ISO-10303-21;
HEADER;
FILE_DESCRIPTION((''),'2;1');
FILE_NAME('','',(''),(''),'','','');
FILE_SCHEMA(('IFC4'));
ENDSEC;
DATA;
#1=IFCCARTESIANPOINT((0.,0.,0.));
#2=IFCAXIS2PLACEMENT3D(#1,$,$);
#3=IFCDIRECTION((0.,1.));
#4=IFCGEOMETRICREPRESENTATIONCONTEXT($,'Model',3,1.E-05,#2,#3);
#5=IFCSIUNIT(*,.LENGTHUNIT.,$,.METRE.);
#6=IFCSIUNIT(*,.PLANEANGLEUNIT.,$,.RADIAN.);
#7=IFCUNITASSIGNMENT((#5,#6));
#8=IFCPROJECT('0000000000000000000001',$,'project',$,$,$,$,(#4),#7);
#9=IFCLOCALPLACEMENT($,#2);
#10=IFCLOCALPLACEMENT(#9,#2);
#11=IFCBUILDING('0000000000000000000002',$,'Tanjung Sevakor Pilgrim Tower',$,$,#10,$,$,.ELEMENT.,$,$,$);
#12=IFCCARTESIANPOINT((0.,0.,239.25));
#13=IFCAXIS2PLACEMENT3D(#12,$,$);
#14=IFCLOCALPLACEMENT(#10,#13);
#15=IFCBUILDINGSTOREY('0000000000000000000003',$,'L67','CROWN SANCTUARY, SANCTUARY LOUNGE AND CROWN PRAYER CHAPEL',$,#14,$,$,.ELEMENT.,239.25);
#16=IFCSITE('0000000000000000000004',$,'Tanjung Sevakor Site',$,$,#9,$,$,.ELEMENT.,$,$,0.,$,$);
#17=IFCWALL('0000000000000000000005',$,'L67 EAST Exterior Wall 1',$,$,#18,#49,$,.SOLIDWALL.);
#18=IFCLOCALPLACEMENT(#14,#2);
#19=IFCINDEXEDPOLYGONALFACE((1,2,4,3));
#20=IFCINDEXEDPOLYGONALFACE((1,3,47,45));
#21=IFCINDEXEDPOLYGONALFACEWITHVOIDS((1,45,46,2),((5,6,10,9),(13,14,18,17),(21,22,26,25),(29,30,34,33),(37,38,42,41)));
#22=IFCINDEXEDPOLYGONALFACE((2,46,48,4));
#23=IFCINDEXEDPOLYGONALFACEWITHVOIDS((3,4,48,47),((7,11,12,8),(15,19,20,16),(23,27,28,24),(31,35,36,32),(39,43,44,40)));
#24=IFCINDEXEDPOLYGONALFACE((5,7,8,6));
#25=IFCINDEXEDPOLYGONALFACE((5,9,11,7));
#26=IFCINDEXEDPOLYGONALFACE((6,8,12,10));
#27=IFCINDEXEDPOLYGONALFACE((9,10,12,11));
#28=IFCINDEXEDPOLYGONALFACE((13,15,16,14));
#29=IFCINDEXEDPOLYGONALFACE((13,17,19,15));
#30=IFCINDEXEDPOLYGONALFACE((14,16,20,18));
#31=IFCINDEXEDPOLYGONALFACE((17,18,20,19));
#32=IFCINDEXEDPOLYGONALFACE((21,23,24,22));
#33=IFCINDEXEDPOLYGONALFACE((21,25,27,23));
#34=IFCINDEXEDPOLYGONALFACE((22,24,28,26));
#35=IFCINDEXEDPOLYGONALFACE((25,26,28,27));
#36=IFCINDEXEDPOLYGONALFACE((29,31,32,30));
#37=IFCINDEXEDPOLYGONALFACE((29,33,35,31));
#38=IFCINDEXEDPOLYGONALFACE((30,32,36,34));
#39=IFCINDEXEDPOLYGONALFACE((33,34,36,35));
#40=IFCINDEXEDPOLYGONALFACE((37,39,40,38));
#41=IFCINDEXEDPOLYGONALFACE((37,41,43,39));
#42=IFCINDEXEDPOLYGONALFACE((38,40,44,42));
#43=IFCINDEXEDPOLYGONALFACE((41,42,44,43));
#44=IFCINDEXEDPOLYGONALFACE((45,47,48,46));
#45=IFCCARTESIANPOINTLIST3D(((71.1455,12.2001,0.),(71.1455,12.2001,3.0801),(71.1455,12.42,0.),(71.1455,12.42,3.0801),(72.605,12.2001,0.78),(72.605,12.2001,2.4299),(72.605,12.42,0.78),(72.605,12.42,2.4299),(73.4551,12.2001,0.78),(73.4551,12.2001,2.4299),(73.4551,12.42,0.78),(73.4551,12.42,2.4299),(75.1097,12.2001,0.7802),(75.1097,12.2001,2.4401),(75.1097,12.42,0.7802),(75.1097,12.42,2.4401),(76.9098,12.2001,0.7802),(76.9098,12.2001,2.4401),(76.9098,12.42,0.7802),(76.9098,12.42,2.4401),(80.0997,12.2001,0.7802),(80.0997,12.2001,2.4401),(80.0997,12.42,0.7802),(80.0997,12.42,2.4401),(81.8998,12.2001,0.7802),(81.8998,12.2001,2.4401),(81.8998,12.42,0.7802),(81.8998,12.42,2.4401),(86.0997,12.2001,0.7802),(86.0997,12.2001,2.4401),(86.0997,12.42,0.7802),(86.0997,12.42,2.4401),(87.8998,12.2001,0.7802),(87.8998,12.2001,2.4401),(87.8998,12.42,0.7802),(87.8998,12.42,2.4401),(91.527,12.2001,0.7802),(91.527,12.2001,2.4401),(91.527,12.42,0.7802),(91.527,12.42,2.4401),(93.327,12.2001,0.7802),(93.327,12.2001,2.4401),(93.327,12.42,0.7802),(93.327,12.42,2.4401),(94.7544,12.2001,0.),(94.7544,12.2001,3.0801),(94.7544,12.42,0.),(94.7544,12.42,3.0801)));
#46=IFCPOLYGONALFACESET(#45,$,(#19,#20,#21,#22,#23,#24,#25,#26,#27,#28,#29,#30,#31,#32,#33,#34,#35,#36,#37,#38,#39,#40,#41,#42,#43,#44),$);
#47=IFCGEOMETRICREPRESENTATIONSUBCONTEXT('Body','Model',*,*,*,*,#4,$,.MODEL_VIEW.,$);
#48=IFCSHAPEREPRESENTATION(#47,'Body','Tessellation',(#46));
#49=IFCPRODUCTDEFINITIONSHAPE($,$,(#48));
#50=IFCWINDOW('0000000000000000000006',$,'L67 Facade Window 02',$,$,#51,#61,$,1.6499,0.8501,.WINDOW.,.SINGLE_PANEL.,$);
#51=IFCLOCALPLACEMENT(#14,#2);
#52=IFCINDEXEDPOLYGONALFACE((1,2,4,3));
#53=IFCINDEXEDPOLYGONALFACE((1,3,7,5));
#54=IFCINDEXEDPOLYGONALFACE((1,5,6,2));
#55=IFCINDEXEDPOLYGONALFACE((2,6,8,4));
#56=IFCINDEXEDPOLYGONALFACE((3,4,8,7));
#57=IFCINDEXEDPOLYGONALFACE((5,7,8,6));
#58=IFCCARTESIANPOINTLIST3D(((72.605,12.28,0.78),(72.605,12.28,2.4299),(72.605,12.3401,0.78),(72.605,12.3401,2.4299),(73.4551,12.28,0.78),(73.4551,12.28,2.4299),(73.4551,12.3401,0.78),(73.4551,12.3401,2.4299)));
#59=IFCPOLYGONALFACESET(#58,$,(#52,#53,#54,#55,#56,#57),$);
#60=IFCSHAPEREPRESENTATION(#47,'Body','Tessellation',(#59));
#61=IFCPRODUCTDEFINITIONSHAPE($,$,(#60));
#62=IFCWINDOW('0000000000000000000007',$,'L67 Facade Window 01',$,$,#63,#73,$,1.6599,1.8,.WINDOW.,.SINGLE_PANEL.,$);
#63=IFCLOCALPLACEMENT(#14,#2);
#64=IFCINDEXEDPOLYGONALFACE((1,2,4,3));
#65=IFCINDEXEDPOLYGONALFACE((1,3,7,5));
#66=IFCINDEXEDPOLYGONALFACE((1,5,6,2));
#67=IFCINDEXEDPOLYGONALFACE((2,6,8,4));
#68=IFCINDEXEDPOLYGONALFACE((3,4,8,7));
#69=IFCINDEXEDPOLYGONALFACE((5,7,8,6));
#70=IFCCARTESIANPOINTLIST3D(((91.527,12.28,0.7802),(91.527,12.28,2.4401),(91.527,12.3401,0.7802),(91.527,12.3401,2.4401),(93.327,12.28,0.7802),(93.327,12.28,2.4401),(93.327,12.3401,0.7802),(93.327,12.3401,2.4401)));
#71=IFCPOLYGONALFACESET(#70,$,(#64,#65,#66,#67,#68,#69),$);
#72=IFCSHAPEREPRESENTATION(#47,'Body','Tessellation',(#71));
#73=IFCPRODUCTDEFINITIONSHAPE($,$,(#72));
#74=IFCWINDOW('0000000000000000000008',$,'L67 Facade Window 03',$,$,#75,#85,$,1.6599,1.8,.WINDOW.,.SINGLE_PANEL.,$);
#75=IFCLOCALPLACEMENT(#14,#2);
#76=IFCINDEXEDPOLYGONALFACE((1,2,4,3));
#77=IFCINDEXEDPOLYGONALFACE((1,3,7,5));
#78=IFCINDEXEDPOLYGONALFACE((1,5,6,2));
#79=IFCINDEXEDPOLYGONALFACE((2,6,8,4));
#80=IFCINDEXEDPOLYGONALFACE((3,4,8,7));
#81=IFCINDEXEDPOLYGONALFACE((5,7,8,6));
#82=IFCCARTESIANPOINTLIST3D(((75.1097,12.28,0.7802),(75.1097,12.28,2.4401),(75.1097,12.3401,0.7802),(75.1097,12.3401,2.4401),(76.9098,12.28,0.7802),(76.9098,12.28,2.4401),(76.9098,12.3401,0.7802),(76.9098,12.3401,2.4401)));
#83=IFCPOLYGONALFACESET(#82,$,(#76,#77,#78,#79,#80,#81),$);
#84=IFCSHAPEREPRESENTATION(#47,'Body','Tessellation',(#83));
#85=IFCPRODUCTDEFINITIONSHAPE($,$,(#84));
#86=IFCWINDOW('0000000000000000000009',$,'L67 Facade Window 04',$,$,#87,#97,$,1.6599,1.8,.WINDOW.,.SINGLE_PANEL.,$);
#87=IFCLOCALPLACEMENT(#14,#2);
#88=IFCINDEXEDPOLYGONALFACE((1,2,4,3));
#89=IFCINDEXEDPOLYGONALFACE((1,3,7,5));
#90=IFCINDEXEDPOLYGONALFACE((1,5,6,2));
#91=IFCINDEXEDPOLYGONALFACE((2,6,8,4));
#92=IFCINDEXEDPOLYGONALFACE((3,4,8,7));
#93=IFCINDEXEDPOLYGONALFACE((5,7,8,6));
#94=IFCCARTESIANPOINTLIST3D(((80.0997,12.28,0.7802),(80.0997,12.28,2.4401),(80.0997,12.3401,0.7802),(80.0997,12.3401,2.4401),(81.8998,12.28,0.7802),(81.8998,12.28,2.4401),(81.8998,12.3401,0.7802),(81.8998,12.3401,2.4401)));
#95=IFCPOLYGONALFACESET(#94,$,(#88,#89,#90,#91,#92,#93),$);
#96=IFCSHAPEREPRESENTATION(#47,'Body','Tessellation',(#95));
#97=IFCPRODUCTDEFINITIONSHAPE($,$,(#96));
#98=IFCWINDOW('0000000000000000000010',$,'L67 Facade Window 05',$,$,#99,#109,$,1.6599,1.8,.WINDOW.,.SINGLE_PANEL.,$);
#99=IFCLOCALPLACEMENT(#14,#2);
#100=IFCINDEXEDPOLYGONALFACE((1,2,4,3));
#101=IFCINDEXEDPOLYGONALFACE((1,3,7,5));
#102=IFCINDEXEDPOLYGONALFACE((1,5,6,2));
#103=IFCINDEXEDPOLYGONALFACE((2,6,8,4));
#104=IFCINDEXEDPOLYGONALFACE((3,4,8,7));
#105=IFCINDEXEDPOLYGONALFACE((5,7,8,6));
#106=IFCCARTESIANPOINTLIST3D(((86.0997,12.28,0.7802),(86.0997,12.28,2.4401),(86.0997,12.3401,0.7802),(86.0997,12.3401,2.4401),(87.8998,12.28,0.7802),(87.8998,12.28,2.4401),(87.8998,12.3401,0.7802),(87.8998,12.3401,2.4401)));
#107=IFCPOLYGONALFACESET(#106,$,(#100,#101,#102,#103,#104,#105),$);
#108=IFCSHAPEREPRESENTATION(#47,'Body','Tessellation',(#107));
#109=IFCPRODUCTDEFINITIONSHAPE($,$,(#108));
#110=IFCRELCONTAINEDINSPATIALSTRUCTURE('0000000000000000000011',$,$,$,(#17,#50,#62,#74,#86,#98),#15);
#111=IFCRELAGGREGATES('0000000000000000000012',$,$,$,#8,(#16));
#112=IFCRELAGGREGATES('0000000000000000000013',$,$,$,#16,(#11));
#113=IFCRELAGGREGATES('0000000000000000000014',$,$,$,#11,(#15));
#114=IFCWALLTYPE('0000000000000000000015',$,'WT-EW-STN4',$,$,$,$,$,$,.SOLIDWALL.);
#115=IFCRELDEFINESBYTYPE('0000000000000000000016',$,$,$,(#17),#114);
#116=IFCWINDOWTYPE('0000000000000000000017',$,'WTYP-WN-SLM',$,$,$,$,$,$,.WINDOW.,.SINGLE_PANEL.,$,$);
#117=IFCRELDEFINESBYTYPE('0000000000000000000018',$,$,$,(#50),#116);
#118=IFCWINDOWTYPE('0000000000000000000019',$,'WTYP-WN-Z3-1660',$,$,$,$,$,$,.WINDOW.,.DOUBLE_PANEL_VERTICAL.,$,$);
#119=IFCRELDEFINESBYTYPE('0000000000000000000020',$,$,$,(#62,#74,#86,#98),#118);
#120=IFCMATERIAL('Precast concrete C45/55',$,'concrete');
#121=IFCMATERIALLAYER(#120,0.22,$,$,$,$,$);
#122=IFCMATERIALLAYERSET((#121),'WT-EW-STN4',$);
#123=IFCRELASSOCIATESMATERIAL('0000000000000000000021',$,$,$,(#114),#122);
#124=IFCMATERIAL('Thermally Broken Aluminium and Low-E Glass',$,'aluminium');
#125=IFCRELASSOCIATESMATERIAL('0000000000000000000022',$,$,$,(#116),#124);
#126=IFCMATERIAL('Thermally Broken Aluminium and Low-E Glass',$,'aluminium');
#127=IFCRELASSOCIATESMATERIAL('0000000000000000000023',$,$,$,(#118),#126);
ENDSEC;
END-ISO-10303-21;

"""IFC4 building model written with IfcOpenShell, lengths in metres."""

from ifc_helpers import new_model, si_unit, direction, frame, frame_2d, origin, place, context, subcontext, project, spatial, rectangle, extrude, material, layer, layer_set, type_object, element, fill, save


model = new_model("IFC4")

# Units and contexts
model_context = context("Model", 3, precision=1e-05, world=origin(), true_north=direction((0.0, 1.0)))
body_context = subcontext(model_context, "Body", "Model", "MODEL_VIEW")
ifc_project = project(units=[si_unit("LENGTHUNIT", "METRE"), si_unit("PLANEANGLEUNIT", "RADIAN")], contexts=[model_context])

# Site, building, storey
site_placement = place(None, origin())
site = spatial("IfcSite", under=ifc_project, at=site_placement, Name="Tanjung Sevakor Site", CompositionType="ELEMENT", RefElevation=0.0)
building_placement = place(site_placement, origin())
building = spatial("IfcBuilding", under=site, at=building_placement, Name="Tanjung Sevakor Pilgrim Tower", CompositionType="ELEMENT")
storey_placement = place(building_placement, frame((0.0, 0.0, 239.25)))
storey = spatial("IfcBuildingStorey", under=building, at=storey_placement, Name="L67", Description="CROWN SANCTUARY, SANCTUARY LOUNGE AND CROWN PRAYER CHAPEL", CompositionType="ELEMENT", Elevation=239.25)

# Wall, openings, windows
ifc_material_1 = material(Name="Precast concrete C45/55", Category="concrete")
ifc_layer_1 = layer(ifc_material_1, 0.22)
ifc_layer_set_1 = layer_set([ifc_layer_1], Name="WT-EW-STN4")
wall_type_1 = type_object("IfcWallType", Name="WT-EW-STN4", PredefinedType="SOLIDWALL", material=ifc_layer_set_1)
wall_1_placement = place(storey_placement, frame((71.1455, 12.3101, 0.0), z_axis=(0.0, 0.0, 1.0), x_axis=(1.0, 0.0, 0.0)))
wall_1 = element("IfcWall", 1, at=wall_1_placement, inside=storey, type_object=wall_type_1, Name="L67 EAST Exterior Wall 1", PredefinedType="SOLIDWALL", context=body_context, shape_type="SweptSolid", body=[
    extrude(rectangle(XDim=23.6089, YDim=0.22, at=frame_2d((11.8044, 0.0))), origin(), (0.0, 0.0, 1.0), 3.0801),
])
opening_1_placement = place(wall_1_placement, frame((20.3816, 0.0, 0.78)))
opening_1 = element("IfcOpeningElement", 2, at=opening_1_placement, cuts=wall_1, PredefinedType="OPENING", context=body_context, shape_type="SweptSolid", body=[
    extrude(rectangle(XDim=1.8, YDim=1.6599, at=frame_2d((0.8999, 0.8301))), frame((0.0, 0.1199, 0.0), z_axis=(0.0, -1.0, 0.0), x_axis=(1.0, 0.0, 0.0)), (0.0, 0.0, 1.0), 0.24),
])
opening_2_placement = place(wall_1_placement, frame((1.4595, 0.0, 0.78)))
opening_2 = element("IfcOpeningElement", 3, at=opening_2_placement, cuts=wall_1, PredefinedType="OPENING", context=body_context, shape_type="SweptSolid", body=[
    extrude(rectangle(XDim=0.8501, YDim=1.6499, at=frame_2d((0.425, 0.825))), frame((0.0, 0.1199, 0.0), z_axis=(0.0, -1.0, 0.0), x_axis=(1.0, 0.0, 0.0)), (0.0, 0.0, 1.0), 0.24),
])
opening_3_placement = place(wall_1_placement, frame((3.9644, 0.0, 0.78)))
opening_3 = element("IfcOpeningElement", 4, at=opening_3_placement, cuts=wall_1, PredefinedType="OPENING", context=body_context, shape_type="SweptSolid", body=[
    extrude(rectangle(XDim=1.8, YDim=1.6599, at=frame_2d((0.8999, 0.8301))), frame((0.0, 0.1199, 0.0), z_axis=(0.0, -1.0, 0.0), x_axis=(1.0, 0.0, 0.0)), (0.0, 0.0, 1.0), 0.24),
])
opening_4_placement = place(wall_1_placement, frame((8.9543, 0.0, 0.78)))
opening_4 = element("IfcOpeningElement", 5, at=opening_4_placement, cuts=wall_1, PredefinedType="OPENING", context=body_context, shape_type="SweptSolid", body=[
    extrude(rectangle(XDim=1.8, YDim=1.6599, at=frame_2d((0.8999, 0.8301))), frame((0.0, 0.1199, 0.0), z_axis=(0.0, -1.0, 0.0), x_axis=(1.0, 0.0, 0.0)), (0.0, 0.0, 1.0), 0.24),
])
opening_5_placement = place(wall_1_placement, frame((14.9543, 0.0, 0.78)))
opening_5 = element("IfcOpeningElement", 6, at=opening_5_placement, cuts=wall_1, PredefinedType="OPENING", context=body_context, shape_type="SweptSolid", body=[
    extrude(rectangle(XDim=1.8, YDim=1.6599, at=frame_2d((0.8999, 0.8301))), frame((0.0, 0.1199, 0.0), z_axis=(0.0, -1.0, 0.0), x_axis=(1.0, 0.0, 0.0)), (0.0, 0.0, 1.0), 0.24),
])
ifc_material_2 = material(Name="Thermally Broken Aluminium and Low-E Glass", Category="aluminium")
window_type_1 = type_object("IfcWindowType", Name="WTYP-WN-SLM", PartitioningType="SINGLE_PANEL", PredefinedType="WINDOW", material=ifc_material_2)
window_1_placement = place(opening_2_placement, origin())
window_1 = element("IfcWindow", 7, at=window_1_placement, inside=storey, type_object=window_type_1, Name="L67 Facade Window 02", OverallHeight=1.6499, OverallWidth=0.8501, PartitioningType="SINGLE_PANEL", PredefinedType="WINDOW", context=body_context, shape_type="SweptSolid", body=[
    extrude(rectangle(XDim=0.8501, YDim=1.6499, at=frame_2d((0.425, 0.825))), frame((0.0, 0.03, 0.0), z_axis=(0.0, -1.0, 0.0), x_axis=(1.0, 0.0, 0.0)), (0.0, 0.0, 1.0), 0.0601),
])
fill(opening_2, window_1)
ifc_material_3 = material(Name="Thermally Broken Aluminium and Low-E Glass", Category="aluminium")
window_type_2 = type_object("IfcWindowType", Name="WTYP-WN-Z3-1660", PartitioningType="DOUBLE_PANEL_VERTICAL", PredefinedType="WINDOW", material=ifc_material_3)
window_2_placement = place(opening_1_placement, origin())
window_2 = element("IfcWindow", 8, at=window_2_placement, inside=storey, type_object=window_type_2, Name="L67 Facade Window 01", OverallHeight=1.6599, OverallWidth=1.8, PartitioningType="SINGLE_PANEL", PredefinedType="WINDOW", context=body_context, shape_type="SweptSolid", body=[
    extrude(rectangle(XDim=1.8, YDim=1.6599, at=frame_2d((0.8999, 0.8301))), frame((0.0, 0.03, 0.0), z_axis=(0.0, -1.0, 0.0), x_axis=(1.0, 0.0, 0.0)), (0.0, 0.0, 1.0), 0.0601),
])
fill(opening_1, window_2)
window_3_placement = place(opening_3_placement, origin())
window_3 = element("IfcWindow", 9, at=window_3_placement, inside=storey, type_object=window_type_2, Name="L67 Facade Window 03", OverallHeight=1.6599, OverallWidth=1.8, PartitioningType="SINGLE_PANEL", PredefinedType="WINDOW", context=body_context, shape_type="SweptSolid", body=[
    extrude(rectangle(XDim=1.8, YDim=1.6599, at=frame_2d((0.8999, 0.8301))), frame((0.0, 0.03, 0.0), z_axis=(0.0, -1.0, 0.0), x_axis=(1.0, 0.0, 0.0)), (0.0, 0.0, 1.0), 0.0601),
])
fill(opening_3, window_3)
window_4_placement = place(opening_4_placement, origin())
window_4 = element("IfcWindow", 10, at=window_4_placement, inside=storey, type_object=window_type_2, Name="L67 Facade Window 04", OverallHeight=1.6599, OverallWidth=1.8, PartitioningType="SINGLE_PANEL", PredefinedType="WINDOW", context=body_context, shape_type="SweptSolid", body=[
    extrude(rectangle(XDim=1.8, YDim=1.6599, at=frame_2d((0.8999, 0.8301))), frame((0.0, 0.03, 0.0), z_axis=(0.0, -1.0, 0.0), x_axis=(1.0, 0.0, 0.0)), (0.0, 0.0, 1.0), 0.0601),
])
fill(opening_4, window_4)
window_5_placement = place(opening_5_placement, origin())
window_5 = element("IfcWindow", 11, at=window_5_placement, inside=storey, type_object=window_type_2, Name="L67 Facade Window 05", OverallHeight=1.6599, OverallWidth=1.8, PartitioningType="SINGLE_PANEL", PredefinedType="WINDOW", context=body_context, shape_type="SweptSolid", body=[
    extrude(rectangle(XDim=1.8, YDim=1.6599, at=frame_2d((0.8999, 0.8301))), frame((0.0, 0.03, 0.0), z_axis=(0.0, -1.0, 0.0), x_axis=(1.0, 0.0, 0.0)), (0.0, 0.0, 1.0), 0.0601),
])
fill(opening_5, window_5)

save(model, "model.ifc")
